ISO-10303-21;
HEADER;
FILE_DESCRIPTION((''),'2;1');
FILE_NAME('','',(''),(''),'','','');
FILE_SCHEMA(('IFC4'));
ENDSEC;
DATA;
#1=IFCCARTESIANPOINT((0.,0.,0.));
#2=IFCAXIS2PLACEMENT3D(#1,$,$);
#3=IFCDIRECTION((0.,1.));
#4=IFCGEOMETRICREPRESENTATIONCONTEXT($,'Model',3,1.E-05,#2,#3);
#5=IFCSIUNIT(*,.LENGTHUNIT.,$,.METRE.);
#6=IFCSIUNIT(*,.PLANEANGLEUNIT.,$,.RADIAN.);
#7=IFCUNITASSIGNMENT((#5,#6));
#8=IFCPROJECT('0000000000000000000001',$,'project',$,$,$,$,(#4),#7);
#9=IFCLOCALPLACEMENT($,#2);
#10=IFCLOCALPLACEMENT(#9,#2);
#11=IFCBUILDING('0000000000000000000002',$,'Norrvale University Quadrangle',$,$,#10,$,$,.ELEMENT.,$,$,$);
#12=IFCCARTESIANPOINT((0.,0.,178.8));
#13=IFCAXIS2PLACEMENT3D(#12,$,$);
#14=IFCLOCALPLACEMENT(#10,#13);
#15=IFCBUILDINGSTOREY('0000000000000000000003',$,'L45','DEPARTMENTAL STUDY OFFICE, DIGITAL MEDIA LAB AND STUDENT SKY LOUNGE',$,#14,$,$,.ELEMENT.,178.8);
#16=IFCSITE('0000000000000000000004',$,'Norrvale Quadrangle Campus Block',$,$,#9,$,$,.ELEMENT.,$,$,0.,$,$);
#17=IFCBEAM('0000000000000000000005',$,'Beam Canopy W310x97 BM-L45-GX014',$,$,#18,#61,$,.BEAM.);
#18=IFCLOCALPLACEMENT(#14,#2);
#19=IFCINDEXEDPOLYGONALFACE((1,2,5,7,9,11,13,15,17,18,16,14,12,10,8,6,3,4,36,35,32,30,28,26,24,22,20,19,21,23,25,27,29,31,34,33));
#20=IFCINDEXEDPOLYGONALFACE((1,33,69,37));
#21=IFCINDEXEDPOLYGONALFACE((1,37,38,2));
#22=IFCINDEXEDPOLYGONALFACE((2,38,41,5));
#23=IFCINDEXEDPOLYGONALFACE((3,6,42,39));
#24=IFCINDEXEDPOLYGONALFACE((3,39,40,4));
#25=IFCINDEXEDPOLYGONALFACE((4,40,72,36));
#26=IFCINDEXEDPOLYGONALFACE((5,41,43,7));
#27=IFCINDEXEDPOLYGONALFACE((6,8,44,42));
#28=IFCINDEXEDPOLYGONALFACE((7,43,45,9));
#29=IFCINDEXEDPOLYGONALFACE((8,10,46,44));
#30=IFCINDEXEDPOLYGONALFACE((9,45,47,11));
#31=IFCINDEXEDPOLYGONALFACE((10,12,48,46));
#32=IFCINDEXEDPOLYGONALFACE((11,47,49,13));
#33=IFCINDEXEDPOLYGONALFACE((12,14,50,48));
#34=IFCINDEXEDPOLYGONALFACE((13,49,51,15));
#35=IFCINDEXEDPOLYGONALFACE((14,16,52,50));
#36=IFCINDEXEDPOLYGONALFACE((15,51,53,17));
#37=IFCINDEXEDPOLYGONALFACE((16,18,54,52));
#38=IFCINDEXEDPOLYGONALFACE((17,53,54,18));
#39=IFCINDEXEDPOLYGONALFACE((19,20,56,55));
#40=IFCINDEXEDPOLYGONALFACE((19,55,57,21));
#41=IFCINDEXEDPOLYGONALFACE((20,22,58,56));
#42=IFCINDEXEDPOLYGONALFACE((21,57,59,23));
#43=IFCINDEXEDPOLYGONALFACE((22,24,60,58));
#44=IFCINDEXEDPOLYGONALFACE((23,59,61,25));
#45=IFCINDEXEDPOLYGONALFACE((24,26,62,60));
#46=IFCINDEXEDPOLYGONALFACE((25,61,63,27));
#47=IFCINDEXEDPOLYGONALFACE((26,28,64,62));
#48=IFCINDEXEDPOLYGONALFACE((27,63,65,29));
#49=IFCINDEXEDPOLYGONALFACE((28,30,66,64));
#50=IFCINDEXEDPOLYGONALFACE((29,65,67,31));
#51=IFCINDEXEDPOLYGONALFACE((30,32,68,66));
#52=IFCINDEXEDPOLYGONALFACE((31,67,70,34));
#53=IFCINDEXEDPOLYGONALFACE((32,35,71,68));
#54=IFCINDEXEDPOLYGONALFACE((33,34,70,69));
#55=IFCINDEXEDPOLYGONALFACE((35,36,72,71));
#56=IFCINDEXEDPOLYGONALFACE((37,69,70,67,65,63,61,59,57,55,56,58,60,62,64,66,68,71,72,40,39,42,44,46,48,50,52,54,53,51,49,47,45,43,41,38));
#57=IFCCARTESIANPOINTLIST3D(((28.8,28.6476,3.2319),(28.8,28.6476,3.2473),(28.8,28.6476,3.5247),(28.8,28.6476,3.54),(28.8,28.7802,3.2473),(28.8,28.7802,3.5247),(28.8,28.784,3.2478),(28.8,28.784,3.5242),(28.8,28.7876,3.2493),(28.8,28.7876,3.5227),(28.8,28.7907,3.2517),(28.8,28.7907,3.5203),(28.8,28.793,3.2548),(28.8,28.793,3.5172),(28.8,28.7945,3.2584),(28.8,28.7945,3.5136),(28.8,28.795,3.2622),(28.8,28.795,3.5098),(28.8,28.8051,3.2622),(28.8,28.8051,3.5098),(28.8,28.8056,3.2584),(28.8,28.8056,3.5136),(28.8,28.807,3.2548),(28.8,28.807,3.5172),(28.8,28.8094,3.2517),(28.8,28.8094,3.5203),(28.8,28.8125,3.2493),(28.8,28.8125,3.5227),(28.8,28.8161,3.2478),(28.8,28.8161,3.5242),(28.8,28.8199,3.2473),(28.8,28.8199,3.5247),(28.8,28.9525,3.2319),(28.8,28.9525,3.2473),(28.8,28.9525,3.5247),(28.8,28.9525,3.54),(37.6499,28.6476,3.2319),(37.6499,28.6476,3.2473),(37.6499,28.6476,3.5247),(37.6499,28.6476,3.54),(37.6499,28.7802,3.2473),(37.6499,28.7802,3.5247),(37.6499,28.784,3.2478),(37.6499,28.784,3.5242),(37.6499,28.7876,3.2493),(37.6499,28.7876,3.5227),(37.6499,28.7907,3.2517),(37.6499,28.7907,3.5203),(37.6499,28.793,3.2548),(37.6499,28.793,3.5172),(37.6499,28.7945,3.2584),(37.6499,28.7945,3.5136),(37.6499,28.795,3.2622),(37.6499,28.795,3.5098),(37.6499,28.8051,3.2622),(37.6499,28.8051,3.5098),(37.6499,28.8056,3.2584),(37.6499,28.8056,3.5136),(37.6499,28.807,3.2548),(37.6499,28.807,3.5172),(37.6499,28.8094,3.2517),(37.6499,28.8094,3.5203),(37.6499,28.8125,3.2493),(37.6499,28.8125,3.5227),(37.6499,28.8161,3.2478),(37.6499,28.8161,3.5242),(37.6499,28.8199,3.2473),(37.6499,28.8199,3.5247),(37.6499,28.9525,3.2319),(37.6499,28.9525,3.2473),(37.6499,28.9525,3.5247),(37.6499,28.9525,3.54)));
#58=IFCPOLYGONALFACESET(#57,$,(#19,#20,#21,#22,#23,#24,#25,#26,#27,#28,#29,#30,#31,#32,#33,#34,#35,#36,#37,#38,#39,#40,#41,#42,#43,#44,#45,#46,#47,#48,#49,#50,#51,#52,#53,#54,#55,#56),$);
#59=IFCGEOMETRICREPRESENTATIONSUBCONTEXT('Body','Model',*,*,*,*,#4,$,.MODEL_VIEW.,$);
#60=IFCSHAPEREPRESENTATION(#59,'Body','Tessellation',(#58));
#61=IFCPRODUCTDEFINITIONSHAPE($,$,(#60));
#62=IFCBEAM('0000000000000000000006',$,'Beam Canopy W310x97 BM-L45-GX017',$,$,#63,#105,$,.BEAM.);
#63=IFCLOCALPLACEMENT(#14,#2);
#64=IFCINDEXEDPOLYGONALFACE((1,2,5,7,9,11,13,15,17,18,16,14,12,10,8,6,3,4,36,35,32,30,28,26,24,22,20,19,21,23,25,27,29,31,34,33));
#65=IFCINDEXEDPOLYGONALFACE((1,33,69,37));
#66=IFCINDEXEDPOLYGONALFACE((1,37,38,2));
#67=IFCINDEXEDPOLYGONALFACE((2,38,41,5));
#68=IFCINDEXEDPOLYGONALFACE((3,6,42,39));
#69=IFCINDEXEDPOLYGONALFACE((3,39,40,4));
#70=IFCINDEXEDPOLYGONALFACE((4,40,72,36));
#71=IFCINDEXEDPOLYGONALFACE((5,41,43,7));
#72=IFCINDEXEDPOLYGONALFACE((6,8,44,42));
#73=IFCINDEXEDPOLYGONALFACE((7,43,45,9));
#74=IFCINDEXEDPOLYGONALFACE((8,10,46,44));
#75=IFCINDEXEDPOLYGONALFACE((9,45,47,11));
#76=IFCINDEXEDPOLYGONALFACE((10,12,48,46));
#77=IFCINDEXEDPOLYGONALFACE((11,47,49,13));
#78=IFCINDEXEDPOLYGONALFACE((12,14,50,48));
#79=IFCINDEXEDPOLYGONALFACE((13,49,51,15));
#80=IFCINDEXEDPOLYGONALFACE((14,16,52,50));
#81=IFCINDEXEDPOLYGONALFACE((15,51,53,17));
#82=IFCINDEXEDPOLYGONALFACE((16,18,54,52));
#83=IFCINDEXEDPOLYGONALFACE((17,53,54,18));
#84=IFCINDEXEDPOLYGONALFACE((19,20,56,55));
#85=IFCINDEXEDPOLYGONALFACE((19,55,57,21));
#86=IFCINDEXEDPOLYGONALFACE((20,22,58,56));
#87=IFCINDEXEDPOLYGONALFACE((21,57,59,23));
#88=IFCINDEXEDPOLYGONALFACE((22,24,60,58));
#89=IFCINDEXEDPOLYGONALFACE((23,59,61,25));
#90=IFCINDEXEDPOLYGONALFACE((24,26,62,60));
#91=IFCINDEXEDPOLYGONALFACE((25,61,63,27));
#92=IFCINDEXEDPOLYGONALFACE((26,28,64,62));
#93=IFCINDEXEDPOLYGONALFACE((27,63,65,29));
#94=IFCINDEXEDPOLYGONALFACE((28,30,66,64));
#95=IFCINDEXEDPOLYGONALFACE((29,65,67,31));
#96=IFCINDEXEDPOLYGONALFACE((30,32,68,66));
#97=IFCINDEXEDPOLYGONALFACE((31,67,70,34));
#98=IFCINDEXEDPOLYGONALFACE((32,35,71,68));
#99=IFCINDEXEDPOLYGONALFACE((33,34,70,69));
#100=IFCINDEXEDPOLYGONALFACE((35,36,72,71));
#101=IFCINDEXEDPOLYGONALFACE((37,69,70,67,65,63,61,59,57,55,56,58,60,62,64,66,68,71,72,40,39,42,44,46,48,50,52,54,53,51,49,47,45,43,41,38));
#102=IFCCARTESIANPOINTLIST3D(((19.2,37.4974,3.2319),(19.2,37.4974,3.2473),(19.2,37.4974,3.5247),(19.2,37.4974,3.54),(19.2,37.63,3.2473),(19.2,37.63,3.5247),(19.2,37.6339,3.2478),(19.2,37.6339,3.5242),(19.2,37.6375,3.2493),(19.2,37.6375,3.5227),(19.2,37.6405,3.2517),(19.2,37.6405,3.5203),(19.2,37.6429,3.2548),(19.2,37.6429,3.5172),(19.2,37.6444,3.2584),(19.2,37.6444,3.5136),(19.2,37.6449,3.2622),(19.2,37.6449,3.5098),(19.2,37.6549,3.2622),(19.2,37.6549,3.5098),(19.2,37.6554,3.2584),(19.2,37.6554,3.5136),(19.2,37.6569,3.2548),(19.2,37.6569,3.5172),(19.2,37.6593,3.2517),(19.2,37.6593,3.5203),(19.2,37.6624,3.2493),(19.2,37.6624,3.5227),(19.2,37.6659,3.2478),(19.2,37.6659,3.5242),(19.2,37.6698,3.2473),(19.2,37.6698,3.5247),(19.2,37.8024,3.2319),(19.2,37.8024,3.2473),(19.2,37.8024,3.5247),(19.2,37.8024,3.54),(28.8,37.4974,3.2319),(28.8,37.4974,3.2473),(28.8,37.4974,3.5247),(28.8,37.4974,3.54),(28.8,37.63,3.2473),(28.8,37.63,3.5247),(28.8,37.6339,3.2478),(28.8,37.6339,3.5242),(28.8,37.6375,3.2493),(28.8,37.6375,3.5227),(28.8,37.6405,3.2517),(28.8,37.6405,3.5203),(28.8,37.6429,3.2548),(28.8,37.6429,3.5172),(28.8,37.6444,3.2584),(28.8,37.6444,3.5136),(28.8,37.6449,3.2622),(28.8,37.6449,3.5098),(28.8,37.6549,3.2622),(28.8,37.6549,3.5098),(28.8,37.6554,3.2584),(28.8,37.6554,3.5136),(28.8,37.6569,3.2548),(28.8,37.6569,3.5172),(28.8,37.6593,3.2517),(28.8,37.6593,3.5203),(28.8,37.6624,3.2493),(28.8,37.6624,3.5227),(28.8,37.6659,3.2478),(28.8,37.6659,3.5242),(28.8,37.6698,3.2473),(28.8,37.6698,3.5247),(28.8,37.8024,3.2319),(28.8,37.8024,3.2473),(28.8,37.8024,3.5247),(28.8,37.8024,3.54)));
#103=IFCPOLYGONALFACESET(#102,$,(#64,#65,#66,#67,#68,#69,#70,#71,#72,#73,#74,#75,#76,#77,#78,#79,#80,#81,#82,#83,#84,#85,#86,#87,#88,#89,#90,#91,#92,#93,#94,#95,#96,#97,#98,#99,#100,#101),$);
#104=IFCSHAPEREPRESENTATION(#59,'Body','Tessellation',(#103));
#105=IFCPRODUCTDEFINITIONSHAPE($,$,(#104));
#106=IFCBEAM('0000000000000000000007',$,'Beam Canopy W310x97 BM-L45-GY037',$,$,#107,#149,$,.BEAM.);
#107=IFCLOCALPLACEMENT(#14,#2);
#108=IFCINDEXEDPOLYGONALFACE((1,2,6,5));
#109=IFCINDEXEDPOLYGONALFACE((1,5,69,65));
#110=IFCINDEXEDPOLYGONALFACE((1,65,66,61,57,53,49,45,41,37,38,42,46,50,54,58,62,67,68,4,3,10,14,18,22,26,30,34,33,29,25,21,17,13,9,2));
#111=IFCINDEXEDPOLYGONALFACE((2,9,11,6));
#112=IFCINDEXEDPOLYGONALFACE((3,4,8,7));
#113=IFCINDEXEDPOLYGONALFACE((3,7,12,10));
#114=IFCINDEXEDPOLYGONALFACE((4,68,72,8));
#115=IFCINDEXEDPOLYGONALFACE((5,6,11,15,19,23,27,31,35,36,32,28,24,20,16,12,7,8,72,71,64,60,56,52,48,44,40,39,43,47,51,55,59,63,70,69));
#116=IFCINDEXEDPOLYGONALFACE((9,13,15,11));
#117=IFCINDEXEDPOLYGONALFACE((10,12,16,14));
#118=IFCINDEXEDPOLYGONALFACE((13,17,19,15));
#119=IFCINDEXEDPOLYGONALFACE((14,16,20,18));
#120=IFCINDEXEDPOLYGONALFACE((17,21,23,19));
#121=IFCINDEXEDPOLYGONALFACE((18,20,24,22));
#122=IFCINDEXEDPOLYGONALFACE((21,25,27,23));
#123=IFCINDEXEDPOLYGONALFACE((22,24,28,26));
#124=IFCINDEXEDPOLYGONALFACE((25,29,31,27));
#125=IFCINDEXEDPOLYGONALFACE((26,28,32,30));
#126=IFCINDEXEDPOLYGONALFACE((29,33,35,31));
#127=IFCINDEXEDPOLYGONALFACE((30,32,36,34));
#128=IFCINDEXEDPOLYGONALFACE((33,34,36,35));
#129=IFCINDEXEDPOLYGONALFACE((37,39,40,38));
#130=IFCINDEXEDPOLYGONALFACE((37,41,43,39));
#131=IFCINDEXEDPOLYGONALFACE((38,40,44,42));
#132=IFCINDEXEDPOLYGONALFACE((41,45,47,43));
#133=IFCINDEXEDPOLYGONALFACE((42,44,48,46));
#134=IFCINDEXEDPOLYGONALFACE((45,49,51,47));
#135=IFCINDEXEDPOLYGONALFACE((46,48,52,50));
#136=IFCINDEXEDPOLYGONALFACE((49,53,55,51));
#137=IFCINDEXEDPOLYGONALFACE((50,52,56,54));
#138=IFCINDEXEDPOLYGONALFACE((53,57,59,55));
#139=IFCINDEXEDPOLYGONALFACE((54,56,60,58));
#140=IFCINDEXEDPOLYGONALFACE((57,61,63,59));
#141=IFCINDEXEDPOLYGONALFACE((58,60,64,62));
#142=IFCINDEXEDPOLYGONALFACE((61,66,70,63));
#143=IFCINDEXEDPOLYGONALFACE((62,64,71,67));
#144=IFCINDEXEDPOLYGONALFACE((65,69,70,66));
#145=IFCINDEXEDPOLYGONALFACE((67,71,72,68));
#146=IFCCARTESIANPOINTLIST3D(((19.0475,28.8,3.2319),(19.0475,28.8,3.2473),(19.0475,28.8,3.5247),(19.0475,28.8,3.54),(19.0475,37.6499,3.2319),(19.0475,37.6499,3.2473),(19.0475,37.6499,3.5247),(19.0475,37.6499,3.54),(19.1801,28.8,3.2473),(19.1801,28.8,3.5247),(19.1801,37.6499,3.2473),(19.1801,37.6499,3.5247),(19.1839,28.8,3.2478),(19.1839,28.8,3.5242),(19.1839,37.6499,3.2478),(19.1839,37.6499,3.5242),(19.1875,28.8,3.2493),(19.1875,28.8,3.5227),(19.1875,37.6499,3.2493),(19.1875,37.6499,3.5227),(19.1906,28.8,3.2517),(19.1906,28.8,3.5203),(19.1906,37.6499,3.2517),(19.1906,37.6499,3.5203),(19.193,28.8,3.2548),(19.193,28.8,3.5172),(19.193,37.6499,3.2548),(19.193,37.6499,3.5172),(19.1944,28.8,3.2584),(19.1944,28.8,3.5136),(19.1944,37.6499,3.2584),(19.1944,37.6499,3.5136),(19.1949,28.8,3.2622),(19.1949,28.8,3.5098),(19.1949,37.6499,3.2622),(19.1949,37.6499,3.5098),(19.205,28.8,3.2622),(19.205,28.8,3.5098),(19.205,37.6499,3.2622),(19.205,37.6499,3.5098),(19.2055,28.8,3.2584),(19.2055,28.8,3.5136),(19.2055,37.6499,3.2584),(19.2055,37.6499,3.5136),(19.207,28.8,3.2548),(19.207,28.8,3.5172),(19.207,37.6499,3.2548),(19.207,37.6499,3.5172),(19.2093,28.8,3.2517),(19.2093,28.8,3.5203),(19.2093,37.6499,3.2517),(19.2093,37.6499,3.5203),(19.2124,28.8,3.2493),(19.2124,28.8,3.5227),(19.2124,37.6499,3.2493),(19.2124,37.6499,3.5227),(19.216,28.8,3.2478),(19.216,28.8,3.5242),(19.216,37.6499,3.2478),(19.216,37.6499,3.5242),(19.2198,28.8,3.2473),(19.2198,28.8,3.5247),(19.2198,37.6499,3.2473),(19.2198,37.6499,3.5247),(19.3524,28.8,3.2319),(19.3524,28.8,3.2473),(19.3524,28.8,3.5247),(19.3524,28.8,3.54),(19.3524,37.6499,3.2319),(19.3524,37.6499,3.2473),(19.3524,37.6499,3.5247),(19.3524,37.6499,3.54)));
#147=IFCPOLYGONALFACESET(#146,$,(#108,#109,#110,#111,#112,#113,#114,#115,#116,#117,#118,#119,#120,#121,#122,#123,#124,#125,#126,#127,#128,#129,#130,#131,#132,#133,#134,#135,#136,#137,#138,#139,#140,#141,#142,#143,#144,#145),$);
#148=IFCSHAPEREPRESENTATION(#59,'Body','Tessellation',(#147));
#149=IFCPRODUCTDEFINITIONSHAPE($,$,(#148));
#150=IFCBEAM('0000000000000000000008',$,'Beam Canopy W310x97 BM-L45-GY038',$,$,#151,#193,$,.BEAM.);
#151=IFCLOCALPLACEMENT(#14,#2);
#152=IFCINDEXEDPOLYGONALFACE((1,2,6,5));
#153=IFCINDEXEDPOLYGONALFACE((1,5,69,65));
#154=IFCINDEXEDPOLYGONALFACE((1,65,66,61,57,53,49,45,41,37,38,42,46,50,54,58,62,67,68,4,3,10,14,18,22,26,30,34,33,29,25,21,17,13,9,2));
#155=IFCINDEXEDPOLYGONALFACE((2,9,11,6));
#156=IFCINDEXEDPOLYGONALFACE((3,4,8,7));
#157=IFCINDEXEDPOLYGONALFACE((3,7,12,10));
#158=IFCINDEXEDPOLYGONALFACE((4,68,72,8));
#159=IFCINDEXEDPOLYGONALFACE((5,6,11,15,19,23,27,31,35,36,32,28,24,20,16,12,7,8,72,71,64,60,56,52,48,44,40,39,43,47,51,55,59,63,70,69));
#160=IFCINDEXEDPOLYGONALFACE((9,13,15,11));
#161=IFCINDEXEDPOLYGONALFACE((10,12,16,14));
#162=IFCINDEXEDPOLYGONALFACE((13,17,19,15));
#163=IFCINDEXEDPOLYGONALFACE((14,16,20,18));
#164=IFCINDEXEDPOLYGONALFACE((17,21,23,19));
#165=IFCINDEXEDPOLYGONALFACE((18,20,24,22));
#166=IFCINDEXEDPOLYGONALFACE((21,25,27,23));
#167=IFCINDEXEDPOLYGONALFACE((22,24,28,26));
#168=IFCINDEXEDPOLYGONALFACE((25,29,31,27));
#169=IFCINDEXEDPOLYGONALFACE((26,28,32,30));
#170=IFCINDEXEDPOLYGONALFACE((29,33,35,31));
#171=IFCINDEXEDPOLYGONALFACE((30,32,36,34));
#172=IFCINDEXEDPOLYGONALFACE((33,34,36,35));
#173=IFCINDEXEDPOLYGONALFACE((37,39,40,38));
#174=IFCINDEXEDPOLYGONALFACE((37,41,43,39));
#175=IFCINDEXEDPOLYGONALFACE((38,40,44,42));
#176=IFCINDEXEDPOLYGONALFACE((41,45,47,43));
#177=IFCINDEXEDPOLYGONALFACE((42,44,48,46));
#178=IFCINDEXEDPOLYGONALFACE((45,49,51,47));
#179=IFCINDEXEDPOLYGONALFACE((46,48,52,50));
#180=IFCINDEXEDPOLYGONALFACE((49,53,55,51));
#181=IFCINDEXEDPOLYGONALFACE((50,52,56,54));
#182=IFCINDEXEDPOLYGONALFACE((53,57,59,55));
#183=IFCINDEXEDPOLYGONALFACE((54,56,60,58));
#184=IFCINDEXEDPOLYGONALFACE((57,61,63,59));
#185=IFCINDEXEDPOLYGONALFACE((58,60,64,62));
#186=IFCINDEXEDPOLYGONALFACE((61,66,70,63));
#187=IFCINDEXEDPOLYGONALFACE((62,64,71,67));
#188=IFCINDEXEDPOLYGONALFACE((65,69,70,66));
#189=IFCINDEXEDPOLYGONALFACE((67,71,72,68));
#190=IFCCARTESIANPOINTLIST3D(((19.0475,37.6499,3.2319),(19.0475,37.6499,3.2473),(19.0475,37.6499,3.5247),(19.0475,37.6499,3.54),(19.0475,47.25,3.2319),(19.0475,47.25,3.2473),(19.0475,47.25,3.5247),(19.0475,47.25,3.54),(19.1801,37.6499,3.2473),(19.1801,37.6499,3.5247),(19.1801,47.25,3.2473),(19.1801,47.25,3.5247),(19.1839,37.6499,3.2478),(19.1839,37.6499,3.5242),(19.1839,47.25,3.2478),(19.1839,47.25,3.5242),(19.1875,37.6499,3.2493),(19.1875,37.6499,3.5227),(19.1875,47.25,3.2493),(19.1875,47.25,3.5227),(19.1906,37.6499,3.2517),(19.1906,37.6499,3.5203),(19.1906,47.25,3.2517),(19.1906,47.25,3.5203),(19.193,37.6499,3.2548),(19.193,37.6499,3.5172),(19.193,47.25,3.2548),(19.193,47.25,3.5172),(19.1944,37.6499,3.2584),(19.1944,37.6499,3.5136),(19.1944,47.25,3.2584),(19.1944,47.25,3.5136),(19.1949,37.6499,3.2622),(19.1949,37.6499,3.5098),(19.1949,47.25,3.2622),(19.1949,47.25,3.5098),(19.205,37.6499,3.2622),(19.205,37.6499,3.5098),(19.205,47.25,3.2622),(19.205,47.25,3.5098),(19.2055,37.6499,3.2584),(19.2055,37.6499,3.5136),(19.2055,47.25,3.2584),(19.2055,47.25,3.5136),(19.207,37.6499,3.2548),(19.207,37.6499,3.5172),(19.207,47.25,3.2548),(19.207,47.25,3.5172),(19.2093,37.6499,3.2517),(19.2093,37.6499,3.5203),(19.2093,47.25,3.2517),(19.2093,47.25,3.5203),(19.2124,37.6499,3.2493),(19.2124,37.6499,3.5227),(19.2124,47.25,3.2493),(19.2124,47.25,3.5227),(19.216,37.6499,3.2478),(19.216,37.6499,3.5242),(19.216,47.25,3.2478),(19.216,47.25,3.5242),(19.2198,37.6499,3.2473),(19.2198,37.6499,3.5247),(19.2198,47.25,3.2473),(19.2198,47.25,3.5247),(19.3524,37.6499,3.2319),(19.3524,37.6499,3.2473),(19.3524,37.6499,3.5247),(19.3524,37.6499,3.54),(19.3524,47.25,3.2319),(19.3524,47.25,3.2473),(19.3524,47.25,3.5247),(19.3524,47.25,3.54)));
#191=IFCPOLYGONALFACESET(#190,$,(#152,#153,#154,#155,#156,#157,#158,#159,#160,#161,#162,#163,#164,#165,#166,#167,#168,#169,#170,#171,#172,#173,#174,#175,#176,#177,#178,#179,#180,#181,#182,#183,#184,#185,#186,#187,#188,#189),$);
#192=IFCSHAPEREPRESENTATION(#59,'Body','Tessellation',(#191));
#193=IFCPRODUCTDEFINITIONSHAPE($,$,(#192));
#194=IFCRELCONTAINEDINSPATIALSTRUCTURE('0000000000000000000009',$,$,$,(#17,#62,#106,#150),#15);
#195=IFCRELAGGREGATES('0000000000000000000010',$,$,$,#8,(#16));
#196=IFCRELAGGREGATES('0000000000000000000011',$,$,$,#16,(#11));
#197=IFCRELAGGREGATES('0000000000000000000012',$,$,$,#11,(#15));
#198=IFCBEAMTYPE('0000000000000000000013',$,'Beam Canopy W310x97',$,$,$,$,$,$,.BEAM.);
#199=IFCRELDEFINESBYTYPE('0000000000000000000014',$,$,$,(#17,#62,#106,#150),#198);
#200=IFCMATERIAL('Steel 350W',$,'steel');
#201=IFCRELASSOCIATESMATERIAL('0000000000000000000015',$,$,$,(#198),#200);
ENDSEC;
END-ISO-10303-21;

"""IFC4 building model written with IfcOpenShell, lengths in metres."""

from ifc_helpers import new_model, si_unit, direction, frame, origin, origin_2d, place, context, subcontext, project, spatial, i_section, extrude, material, material_profile, profile_set, type_object, element, save


model = new_model("IFC4")

# Units and contexts
model_context = context("Model", 3, precision=1e-05, world=origin(), true_north=direction((0.0, 1.0)))
body_context = subcontext(model_context, "Body", "Model", "MODEL_VIEW")
ifc_project = project(units=[si_unit("LENGTHUNIT", "METRE"), si_unit("PLANEANGLEUNIT", "RADIAN")], contexts=[model_context])

# Site, building, storey
site_placement = place(None, origin())
site = spatial("IfcSite", under=ifc_project, at=site_placement, Name="Norrvale Quadrangle Campus Block", CompositionType="ELEMENT", RefElevation=0.0)
building_placement = place(site_placement, origin())
building = spatial("IfcBuilding", under=site, at=building_placement, Name="Norrvale University Quadrangle", CompositionType="ELEMENT")
storey_placement = place(building_placement, frame((0.0, 0.0, 178.8)))
storey = spatial("IfcBuildingStorey", under=building, at=storey_placement, Name="L45", Description="DEPARTMENTAL STUDY OFFICE, DIGITAL MEDIA LAB AND STUDENT SKY LOUNGE", CompositionType="ELEMENT", Elevation=178.8)

# Beams
ifc_material_1 = material(Name="Steel 350W", Category="steel")
ifc_material_profile_1 = material_profile(ifc_material_1, i_section(OverallWidth=0.3049, OverallDepth=0.3081, WebThickness=0.01, FlangeThickness=0.0154, FilletRadius=0.0149, at=origin_2d()), Name="Steel 350W")
ifc_profile_set_1 = profile_set([ifc_material_profile_1], Name="Steel 350W")
beam_type_1 = type_object("IfcBeamType", Name="Beam Canopy W310x97", PredefinedType="BEAM", material=ifc_profile_set_1)
beam_1_placement = place(storey_placement, frame((28.8, 28.8, 3.386), z_axis=(1.0, 0.0, 0.0), x_axis=(0.0, 1.0, 0.0)))
element("IfcBeam", 1, at=beam_1_placement, inside=storey, type_object=beam_type_1, Name="Beam Canopy W310x97 BM-L45-GX014", PredefinedType="BEAM", context=body_context, shape_type="SweptSolid", body=[
    extrude(i_section(OverallWidth=0.3049, OverallDepth=0.3081, WebThickness=0.01, FlangeThickness=0.0154, FilletRadius=0.0149, at=origin_2d()), origin(), (0.0, 0.0, 1.0), 8.8499),
])
beam_2_placement = place(storey_placement, frame((19.2, 37.6499, 3.386), z_axis=(1.0, 0.0, 0.0), x_axis=(0.0, 1.0, 0.0)))
element("IfcBeam", 2, at=beam_2_placement, inside=storey, type_object=beam_type_1, Name="Beam Canopy W310x97 BM-L45-GX017", PredefinedType="BEAM", context=body_context, shape_type="SweptSolid", body=[
    extrude(i_section(OverallWidth=0.3049, OverallDepth=0.3081, WebThickness=0.01, FlangeThickness=0.0154, FilletRadius=0.0149, at=origin_2d()), origin(), (0.0, 0.0, 1.0), 9.6001),
])
beam_3_placement = place(storey_placement, frame((19.2, 28.8, 3.386), z_axis=(0.0, 1.0, 0.0), x_axis=(-1.0, 0.0, 0.0)))
element("IfcBeam", 3, at=beam_3_placement, inside=storey, type_object=beam_type_1, Name="Beam Canopy W310x97 BM-L45-GY037", PredefinedType="BEAM", context=body_context, shape_type="SweptSolid", body=[
    extrude(i_section(OverallWidth=0.3049, OverallDepth=0.3081, WebThickness=0.01, FlangeThickness=0.0154, FilletRadius=0.0149, at=origin_2d()), origin(), (0.0, 0.0, 1.0), 8.8499),
])
beam_4_placement = place(storey_placement, frame((19.2, 37.6499, 3.386), z_axis=(0.0, 1.0, 0.0), x_axis=(-1.0, 0.0, 0.0)))
element("IfcBeam", 4, at=beam_4_placement, inside=storey, type_object=beam_type_1, Name="Beam Canopy W310x97 BM-L45-GY038", PredefinedType="BEAM", context=body_context, shape_type="SweptSolid", body=[
    extrude(i_section(OverallWidth=0.3049, OverallDepth=0.3081, WebThickness=0.01, FlangeThickness=0.0154, FilletRadius=0.0149, at=origin_2d()), origin(), (0.0, 0.0, 1.0), 9.6001),
])

save(model, "model.ifc")
